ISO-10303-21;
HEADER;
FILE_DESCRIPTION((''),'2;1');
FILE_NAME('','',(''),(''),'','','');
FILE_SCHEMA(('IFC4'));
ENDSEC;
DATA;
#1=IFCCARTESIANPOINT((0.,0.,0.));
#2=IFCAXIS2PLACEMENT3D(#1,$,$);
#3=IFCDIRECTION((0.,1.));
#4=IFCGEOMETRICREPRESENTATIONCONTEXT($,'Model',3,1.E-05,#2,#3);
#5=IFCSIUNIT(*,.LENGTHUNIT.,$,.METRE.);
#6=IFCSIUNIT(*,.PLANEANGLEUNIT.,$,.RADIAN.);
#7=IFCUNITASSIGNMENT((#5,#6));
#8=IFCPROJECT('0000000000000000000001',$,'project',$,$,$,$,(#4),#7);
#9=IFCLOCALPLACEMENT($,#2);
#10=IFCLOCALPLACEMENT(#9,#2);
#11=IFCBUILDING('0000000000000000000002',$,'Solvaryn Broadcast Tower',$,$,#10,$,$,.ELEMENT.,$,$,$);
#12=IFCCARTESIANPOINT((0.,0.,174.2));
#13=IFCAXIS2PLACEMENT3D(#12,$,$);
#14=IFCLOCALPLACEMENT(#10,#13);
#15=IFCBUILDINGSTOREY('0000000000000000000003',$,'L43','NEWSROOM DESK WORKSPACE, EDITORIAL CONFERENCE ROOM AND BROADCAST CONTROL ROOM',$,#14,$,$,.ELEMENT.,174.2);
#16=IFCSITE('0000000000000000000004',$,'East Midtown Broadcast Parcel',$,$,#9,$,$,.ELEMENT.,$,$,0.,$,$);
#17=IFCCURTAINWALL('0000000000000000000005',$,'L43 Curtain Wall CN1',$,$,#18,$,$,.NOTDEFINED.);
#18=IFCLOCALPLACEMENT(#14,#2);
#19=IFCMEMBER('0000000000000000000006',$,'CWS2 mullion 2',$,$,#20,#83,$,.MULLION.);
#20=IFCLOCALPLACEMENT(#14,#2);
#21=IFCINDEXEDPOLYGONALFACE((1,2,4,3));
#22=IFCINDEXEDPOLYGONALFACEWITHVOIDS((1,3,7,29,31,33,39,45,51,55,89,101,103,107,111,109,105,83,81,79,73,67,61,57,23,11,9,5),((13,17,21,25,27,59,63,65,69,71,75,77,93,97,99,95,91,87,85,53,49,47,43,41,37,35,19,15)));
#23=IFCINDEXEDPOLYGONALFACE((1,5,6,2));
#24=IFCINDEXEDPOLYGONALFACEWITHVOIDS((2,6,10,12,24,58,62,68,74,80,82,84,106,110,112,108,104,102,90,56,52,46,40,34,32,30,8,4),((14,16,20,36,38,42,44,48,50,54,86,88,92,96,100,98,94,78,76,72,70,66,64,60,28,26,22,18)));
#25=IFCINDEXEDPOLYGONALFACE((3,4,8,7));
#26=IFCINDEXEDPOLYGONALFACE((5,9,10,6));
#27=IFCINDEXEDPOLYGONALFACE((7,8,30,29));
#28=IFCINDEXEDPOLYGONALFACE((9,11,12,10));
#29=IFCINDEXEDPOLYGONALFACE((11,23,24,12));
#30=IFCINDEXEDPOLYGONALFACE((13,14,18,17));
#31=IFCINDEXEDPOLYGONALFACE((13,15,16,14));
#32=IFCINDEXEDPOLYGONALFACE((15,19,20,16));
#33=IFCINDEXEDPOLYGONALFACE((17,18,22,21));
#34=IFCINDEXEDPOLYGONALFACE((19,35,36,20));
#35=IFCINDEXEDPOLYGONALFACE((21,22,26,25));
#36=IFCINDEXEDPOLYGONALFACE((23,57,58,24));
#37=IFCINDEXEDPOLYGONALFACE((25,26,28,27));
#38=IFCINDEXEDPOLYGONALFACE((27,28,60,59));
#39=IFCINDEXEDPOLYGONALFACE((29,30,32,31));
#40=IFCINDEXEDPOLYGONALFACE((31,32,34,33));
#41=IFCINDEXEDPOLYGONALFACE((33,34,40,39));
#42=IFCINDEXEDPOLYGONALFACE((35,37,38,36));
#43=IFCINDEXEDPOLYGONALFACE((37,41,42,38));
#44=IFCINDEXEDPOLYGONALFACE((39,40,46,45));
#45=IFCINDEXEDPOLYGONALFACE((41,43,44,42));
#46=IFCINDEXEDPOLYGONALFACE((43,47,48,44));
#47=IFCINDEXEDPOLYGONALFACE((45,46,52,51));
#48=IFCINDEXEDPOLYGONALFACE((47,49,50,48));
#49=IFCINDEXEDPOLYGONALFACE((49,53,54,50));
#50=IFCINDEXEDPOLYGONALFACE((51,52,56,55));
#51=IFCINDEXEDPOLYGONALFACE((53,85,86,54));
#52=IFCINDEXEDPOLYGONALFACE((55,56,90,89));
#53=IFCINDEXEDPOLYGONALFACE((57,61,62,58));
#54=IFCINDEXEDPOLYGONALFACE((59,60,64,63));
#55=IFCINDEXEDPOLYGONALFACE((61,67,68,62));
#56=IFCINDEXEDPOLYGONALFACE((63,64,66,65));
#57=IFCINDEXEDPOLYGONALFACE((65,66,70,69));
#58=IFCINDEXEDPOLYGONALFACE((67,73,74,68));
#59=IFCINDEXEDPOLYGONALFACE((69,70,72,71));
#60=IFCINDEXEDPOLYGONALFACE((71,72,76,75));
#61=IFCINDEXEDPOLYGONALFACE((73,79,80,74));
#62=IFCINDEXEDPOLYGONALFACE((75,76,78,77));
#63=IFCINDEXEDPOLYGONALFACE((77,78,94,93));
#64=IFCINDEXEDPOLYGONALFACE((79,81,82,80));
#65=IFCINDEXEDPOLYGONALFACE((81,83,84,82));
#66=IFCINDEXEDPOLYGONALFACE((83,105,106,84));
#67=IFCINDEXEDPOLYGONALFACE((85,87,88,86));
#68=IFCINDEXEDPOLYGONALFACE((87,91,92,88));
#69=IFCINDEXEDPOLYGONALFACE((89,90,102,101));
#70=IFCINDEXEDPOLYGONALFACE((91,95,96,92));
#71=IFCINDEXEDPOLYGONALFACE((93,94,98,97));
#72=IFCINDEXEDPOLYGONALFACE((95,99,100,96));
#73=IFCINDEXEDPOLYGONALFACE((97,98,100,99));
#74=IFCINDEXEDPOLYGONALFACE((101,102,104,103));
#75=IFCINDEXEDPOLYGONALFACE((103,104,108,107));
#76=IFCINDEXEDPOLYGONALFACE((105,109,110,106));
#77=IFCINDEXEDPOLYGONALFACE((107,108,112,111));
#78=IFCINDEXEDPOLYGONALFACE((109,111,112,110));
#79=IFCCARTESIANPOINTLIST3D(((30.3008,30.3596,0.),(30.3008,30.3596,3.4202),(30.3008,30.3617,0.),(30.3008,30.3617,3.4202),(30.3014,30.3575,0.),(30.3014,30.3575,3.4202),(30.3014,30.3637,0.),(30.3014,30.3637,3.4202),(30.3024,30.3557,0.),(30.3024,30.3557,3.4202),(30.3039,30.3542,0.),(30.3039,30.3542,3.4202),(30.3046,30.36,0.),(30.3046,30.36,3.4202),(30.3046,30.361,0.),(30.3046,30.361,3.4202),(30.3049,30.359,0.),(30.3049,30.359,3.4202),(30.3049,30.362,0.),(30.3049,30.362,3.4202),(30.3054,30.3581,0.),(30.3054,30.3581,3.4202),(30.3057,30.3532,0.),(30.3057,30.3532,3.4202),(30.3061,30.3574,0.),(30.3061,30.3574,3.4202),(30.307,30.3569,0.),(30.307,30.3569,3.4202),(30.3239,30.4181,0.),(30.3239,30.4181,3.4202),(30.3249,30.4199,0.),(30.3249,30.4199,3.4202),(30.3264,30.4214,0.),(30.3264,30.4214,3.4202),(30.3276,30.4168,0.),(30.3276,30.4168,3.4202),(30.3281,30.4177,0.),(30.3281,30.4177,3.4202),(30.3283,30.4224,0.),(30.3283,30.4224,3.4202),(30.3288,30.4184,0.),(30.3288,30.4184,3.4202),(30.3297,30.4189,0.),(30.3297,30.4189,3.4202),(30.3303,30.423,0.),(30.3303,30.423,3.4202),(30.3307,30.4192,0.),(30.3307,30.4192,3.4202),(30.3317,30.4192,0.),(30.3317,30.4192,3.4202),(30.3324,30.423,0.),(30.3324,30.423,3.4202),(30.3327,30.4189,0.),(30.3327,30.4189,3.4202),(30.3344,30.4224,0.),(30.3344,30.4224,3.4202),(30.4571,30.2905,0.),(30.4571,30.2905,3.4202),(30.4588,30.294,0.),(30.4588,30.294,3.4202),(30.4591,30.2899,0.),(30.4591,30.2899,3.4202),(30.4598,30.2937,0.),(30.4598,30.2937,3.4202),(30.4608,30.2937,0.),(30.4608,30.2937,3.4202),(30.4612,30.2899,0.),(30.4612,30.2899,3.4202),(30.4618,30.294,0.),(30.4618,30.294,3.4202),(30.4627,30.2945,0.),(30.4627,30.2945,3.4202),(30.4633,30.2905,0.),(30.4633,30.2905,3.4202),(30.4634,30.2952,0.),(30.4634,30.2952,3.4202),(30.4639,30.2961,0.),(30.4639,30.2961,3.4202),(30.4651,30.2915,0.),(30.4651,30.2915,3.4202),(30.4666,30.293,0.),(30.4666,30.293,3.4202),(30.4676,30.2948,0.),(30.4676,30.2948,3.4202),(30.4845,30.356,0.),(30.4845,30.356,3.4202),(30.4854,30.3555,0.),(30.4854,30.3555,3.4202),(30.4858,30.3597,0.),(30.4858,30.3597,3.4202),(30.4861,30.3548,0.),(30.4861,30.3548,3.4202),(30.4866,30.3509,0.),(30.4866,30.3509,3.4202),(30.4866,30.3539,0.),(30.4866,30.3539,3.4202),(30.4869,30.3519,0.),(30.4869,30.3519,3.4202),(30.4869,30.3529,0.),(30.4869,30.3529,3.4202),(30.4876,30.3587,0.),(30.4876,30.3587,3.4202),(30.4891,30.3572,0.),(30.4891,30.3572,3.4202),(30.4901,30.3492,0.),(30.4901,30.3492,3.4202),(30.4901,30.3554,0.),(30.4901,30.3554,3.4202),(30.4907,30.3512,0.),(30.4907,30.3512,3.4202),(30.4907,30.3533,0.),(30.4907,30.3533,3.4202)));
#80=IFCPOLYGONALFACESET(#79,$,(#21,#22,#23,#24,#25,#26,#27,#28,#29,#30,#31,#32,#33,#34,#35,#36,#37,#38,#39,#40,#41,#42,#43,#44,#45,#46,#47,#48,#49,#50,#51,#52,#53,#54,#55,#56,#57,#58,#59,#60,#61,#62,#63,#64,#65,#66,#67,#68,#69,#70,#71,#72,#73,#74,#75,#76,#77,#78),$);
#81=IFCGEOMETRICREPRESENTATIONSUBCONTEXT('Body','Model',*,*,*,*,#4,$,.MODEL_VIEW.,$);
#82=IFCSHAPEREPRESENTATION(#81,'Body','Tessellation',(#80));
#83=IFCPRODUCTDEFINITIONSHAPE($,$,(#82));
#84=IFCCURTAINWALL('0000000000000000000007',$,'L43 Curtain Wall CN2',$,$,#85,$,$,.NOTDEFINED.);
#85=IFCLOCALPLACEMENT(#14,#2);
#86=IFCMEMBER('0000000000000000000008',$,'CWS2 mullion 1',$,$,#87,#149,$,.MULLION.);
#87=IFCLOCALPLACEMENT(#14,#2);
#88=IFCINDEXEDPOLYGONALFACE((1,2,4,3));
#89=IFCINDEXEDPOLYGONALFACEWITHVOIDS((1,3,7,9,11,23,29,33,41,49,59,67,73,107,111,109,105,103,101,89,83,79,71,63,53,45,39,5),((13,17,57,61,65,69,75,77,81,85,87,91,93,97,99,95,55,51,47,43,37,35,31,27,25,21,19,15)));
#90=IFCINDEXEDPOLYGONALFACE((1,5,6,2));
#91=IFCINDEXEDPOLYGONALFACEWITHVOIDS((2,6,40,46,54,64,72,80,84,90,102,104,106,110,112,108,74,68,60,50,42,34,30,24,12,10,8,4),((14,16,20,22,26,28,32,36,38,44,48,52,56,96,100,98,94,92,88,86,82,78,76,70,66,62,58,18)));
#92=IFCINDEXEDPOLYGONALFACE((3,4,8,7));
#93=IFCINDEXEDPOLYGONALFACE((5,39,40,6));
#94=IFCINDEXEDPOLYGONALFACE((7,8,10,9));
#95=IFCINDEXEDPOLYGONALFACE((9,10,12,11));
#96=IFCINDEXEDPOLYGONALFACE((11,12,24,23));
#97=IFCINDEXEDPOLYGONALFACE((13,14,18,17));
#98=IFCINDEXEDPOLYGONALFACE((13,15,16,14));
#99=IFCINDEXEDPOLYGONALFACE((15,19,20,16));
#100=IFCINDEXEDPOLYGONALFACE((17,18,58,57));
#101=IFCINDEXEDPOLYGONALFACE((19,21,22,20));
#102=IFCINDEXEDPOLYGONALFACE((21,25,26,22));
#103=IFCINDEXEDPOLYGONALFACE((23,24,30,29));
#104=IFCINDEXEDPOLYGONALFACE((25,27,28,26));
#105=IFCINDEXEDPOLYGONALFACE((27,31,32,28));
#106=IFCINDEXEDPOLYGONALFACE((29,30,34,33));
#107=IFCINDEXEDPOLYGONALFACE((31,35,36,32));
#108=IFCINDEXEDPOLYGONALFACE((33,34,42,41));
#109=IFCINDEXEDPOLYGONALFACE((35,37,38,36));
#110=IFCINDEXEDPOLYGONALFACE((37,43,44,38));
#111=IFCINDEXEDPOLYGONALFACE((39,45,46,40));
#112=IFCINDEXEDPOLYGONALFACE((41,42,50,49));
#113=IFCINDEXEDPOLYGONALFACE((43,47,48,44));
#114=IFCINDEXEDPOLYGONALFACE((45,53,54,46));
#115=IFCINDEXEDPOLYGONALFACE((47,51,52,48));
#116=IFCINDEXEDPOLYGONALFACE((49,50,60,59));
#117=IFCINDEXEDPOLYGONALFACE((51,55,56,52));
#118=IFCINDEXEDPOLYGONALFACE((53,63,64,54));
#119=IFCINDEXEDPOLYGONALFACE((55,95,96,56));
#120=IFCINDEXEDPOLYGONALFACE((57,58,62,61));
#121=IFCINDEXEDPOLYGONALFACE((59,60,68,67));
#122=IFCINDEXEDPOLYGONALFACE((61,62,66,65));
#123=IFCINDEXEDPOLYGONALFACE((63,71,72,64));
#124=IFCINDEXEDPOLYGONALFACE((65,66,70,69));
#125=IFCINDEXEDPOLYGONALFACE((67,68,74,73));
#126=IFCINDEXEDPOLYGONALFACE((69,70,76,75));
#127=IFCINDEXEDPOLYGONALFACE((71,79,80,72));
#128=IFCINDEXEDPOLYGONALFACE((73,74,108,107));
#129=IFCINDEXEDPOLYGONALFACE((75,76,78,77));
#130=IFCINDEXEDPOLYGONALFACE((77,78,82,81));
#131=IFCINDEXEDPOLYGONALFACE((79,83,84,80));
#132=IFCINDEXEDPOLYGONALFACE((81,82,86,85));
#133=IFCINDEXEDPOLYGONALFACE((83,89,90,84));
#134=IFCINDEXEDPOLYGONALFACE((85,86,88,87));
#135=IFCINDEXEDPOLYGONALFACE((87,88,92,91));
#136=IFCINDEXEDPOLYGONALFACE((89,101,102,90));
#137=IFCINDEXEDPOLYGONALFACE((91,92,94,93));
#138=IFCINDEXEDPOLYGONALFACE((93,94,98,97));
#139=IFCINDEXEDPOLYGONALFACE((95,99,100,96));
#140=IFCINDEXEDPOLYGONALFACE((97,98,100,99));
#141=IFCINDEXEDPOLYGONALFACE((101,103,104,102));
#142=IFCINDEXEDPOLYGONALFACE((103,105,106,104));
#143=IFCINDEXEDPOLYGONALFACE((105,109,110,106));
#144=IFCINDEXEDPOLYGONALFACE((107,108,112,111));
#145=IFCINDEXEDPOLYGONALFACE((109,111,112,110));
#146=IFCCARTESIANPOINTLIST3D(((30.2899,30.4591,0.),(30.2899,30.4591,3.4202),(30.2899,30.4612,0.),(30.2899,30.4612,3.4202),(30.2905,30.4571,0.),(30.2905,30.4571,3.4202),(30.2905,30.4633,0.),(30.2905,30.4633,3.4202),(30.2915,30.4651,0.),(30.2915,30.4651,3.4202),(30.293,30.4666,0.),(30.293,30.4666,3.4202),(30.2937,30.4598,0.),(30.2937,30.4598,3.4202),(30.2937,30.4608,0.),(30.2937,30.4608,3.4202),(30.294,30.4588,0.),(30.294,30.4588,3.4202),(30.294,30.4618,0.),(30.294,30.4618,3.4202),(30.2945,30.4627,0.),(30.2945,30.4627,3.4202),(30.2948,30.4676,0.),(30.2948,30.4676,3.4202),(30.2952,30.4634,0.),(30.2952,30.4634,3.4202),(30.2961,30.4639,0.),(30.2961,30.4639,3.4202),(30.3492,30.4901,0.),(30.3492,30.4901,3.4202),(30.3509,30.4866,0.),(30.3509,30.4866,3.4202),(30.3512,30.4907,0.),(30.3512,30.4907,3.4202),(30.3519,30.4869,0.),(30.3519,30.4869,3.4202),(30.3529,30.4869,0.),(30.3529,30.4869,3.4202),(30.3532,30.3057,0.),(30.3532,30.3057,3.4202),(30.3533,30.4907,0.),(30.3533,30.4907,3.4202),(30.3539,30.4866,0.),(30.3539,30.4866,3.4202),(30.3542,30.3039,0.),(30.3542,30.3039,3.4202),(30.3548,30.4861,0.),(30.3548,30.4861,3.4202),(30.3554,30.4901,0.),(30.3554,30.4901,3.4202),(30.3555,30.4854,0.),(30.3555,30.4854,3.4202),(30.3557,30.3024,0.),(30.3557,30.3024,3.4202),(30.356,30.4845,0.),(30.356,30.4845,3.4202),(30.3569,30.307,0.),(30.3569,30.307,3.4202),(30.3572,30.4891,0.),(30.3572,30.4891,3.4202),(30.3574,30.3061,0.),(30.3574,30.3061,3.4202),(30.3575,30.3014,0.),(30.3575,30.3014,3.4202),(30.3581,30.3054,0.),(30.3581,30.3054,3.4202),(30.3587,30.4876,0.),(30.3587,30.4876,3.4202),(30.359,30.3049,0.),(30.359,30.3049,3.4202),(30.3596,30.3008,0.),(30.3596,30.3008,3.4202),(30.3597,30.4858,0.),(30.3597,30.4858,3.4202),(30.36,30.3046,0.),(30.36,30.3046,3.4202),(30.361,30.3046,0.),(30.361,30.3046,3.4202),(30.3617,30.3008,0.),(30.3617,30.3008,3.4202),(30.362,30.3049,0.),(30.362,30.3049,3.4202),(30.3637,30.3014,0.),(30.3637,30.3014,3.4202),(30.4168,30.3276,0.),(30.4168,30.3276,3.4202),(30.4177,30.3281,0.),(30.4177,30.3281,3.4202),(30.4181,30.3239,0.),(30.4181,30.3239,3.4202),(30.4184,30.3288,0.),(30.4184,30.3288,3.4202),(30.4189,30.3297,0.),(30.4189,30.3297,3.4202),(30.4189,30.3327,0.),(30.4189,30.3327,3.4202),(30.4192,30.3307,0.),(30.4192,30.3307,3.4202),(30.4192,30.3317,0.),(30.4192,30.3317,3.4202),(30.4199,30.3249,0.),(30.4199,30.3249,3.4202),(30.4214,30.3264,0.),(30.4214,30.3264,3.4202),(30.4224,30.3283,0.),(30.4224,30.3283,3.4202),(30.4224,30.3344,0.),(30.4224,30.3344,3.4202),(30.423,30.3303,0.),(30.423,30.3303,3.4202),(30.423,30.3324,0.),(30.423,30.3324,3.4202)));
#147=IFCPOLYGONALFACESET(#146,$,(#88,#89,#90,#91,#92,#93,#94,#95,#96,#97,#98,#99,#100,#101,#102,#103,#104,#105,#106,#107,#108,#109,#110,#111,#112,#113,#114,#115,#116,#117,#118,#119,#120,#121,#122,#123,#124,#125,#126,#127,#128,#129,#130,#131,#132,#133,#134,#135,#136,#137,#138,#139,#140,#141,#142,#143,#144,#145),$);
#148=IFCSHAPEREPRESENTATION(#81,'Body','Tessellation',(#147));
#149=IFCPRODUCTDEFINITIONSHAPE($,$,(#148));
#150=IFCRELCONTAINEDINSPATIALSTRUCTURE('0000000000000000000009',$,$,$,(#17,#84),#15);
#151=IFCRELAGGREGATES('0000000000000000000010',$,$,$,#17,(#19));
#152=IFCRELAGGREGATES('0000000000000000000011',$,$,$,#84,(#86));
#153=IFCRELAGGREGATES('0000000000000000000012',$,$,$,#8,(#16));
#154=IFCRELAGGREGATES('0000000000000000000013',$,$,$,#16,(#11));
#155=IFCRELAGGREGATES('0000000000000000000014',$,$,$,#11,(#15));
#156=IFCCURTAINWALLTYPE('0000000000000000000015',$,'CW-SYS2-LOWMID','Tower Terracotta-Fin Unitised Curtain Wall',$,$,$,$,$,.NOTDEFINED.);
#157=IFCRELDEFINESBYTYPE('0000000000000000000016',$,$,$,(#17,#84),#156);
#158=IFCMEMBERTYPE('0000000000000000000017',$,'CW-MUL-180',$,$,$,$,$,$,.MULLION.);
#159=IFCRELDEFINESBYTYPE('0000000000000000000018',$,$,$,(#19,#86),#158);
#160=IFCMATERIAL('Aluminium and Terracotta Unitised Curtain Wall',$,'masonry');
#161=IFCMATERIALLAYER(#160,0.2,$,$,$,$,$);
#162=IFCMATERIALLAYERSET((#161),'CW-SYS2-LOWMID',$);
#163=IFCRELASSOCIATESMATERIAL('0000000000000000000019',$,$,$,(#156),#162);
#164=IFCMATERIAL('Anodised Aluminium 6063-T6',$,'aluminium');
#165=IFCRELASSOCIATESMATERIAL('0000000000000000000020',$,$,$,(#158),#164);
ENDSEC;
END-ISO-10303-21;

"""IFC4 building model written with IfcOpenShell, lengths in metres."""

from ifc_helpers import new_model, si_unit, direction, frame, origin, origin_2d, place, context, subcontext, project, spatial, hollow_rectangle, extrude, material, layer, layer_set, material_profile, profile_set, type_object, element, aggregate, save


model = new_model("IFC4")

# Units and contexts
model_context = context("Model", 3, precision=1e-05, world=origin(), true_north=direction((0.0, 1.0)))
body_context = subcontext(model_context, "Body", "Model", "MODEL_VIEW")
ifc_project = project(units=[si_unit("LENGTHUNIT", "METRE"), si_unit("PLANEANGLEUNIT", "RADIAN")], contexts=[model_context])

# Site, building, storey
site_placement = place(None, origin())
site = spatial("IfcSite", under=ifc_project, at=site_placement, Name="East Midtown Broadcast Parcel", CompositionType="ELEMENT", RefElevation=0.0)
building_placement = place(site_placement, origin())
building = spatial("IfcBuilding", under=site, at=building_placement, Name="Solvaryn Broadcast Tower", CompositionType="ELEMENT")
storey_placement = place(building_placement, frame((0.0, 0.0, 174.2)))
storey = spatial("IfcBuildingStorey", under=building, at=storey_placement, Name="L43", Description="NEWSROOM DESK WORKSPACE, EDITORIAL CONFERENCE ROOM AND BROADCAST CONTROL ROOM", CompositionType="ELEMENT", Elevation=174.2)

# Curtain wall, member
ifc_material_1 = material(Name="Aluminium and Terracotta Unitised Curtain Wall", Category="masonry")
ifc_layer_1 = layer(ifc_material_1, 0.2)
ifc_layer_set_1 = layer_set([ifc_layer_1], Name="CW-SYS2-LOWMID")
curtain_wall_type = type_object("IfcCurtainWallType", Name="CW-SYS2-LOWMID", Description="Tower Terracotta-Fin Unitised Curtain Wall", PredefinedType="NOTDEFINED", material=ifc_layer_set_1)
curtain_wall_1_placement = place(storey_placement, origin())
curtain_wall_1 = element("IfcCurtainWall", 1, at=curtain_wall_1_placement, inside=storey, type_object=curtain_wall_type, Name="L43 Curtain Wall CN1", PredefinedType="NOTDEFINED")
ifc_material_2 = material(Name="Anodised Aluminium 6063-T6", Category="aluminium")
ifc_material_profile_1 = material_profile(ifc_material_2, hollow_rectangle(XDim=0.075, YDim=0.1799, WallThickness=0.0039, InnerFilletRadius=0.0039, OuterFilletRadius=0.0081, at=origin_2d()))
ifc_profile_set_1 = profile_set([ifc_material_profile_1], Name="Anodised Aluminium 6063-T6")
member_type_1 = type_object("IfcMemberType", Name="CW-MUL-180", PredefinedType="MULLION", material=ifc_profile_set_1)
member_1_placement = place(storey_placement, frame((30.3958, 30.3564, 0.0), z_axis=(0.0, 0.0, 1.0), x_axis=(-0.382646, -0.923895, 0.0)))
member_1 = element("IfcMember", 2, at=member_1_placement, type_object=member_type_1, Name="CWS2 mullion 2", PredefinedType="MULLION", context=body_context, shape_type="SweptSolid", body=[
    extrude(hollow_rectangle(XDim=0.075, YDim=0.1799, WallThickness=0.0039, InnerFilletRadius=0.0039, OuterFilletRadius=0.0081, at=origin_2d()), origin(), (0.0, 0.0, 1.0), 3.4202),
])

# Curtain wall, member
curtain_wall_2_placement = place(storey_placement, origin())
curtain_wall_2 = element("IfcCurtainWall", 3, at=curtain_wall_2_placement, inside=storey, type_object=curtain_wall_type, Name="L43 Curtain Wall CN2", PredefinedType="NOTDEFINED")
member_2_placement = place(storey_placement, frame((30.3564, 30.3958, 0.0), z_axis=(0.0, 0.0, 1.0), x_axis=(-0.923895, -0.382646, 0.0)))
member_2 = element("IfcMember", 4, at=member_2_placement, type_object=member_type_1, Name="CWS2 mullion 1", PredefinedType="MULLION", context=body_context, shape_type="SweptSolid", body=[
    extrude(hollow_rectangle(XDim=0.075, YDim=0.1799, WallThickness=0.0039, InnerFilletRadius=0.0039, OuterFilletRadius=0.0081, at=origin_2d()), origin(), (0.0, 0.0, 1.0), 3.4202),
])

aggregate(curtain_wall_1, [member_1])
aggregate(curtain_wall_2, [member_2])

save(model, "model.ifc")
